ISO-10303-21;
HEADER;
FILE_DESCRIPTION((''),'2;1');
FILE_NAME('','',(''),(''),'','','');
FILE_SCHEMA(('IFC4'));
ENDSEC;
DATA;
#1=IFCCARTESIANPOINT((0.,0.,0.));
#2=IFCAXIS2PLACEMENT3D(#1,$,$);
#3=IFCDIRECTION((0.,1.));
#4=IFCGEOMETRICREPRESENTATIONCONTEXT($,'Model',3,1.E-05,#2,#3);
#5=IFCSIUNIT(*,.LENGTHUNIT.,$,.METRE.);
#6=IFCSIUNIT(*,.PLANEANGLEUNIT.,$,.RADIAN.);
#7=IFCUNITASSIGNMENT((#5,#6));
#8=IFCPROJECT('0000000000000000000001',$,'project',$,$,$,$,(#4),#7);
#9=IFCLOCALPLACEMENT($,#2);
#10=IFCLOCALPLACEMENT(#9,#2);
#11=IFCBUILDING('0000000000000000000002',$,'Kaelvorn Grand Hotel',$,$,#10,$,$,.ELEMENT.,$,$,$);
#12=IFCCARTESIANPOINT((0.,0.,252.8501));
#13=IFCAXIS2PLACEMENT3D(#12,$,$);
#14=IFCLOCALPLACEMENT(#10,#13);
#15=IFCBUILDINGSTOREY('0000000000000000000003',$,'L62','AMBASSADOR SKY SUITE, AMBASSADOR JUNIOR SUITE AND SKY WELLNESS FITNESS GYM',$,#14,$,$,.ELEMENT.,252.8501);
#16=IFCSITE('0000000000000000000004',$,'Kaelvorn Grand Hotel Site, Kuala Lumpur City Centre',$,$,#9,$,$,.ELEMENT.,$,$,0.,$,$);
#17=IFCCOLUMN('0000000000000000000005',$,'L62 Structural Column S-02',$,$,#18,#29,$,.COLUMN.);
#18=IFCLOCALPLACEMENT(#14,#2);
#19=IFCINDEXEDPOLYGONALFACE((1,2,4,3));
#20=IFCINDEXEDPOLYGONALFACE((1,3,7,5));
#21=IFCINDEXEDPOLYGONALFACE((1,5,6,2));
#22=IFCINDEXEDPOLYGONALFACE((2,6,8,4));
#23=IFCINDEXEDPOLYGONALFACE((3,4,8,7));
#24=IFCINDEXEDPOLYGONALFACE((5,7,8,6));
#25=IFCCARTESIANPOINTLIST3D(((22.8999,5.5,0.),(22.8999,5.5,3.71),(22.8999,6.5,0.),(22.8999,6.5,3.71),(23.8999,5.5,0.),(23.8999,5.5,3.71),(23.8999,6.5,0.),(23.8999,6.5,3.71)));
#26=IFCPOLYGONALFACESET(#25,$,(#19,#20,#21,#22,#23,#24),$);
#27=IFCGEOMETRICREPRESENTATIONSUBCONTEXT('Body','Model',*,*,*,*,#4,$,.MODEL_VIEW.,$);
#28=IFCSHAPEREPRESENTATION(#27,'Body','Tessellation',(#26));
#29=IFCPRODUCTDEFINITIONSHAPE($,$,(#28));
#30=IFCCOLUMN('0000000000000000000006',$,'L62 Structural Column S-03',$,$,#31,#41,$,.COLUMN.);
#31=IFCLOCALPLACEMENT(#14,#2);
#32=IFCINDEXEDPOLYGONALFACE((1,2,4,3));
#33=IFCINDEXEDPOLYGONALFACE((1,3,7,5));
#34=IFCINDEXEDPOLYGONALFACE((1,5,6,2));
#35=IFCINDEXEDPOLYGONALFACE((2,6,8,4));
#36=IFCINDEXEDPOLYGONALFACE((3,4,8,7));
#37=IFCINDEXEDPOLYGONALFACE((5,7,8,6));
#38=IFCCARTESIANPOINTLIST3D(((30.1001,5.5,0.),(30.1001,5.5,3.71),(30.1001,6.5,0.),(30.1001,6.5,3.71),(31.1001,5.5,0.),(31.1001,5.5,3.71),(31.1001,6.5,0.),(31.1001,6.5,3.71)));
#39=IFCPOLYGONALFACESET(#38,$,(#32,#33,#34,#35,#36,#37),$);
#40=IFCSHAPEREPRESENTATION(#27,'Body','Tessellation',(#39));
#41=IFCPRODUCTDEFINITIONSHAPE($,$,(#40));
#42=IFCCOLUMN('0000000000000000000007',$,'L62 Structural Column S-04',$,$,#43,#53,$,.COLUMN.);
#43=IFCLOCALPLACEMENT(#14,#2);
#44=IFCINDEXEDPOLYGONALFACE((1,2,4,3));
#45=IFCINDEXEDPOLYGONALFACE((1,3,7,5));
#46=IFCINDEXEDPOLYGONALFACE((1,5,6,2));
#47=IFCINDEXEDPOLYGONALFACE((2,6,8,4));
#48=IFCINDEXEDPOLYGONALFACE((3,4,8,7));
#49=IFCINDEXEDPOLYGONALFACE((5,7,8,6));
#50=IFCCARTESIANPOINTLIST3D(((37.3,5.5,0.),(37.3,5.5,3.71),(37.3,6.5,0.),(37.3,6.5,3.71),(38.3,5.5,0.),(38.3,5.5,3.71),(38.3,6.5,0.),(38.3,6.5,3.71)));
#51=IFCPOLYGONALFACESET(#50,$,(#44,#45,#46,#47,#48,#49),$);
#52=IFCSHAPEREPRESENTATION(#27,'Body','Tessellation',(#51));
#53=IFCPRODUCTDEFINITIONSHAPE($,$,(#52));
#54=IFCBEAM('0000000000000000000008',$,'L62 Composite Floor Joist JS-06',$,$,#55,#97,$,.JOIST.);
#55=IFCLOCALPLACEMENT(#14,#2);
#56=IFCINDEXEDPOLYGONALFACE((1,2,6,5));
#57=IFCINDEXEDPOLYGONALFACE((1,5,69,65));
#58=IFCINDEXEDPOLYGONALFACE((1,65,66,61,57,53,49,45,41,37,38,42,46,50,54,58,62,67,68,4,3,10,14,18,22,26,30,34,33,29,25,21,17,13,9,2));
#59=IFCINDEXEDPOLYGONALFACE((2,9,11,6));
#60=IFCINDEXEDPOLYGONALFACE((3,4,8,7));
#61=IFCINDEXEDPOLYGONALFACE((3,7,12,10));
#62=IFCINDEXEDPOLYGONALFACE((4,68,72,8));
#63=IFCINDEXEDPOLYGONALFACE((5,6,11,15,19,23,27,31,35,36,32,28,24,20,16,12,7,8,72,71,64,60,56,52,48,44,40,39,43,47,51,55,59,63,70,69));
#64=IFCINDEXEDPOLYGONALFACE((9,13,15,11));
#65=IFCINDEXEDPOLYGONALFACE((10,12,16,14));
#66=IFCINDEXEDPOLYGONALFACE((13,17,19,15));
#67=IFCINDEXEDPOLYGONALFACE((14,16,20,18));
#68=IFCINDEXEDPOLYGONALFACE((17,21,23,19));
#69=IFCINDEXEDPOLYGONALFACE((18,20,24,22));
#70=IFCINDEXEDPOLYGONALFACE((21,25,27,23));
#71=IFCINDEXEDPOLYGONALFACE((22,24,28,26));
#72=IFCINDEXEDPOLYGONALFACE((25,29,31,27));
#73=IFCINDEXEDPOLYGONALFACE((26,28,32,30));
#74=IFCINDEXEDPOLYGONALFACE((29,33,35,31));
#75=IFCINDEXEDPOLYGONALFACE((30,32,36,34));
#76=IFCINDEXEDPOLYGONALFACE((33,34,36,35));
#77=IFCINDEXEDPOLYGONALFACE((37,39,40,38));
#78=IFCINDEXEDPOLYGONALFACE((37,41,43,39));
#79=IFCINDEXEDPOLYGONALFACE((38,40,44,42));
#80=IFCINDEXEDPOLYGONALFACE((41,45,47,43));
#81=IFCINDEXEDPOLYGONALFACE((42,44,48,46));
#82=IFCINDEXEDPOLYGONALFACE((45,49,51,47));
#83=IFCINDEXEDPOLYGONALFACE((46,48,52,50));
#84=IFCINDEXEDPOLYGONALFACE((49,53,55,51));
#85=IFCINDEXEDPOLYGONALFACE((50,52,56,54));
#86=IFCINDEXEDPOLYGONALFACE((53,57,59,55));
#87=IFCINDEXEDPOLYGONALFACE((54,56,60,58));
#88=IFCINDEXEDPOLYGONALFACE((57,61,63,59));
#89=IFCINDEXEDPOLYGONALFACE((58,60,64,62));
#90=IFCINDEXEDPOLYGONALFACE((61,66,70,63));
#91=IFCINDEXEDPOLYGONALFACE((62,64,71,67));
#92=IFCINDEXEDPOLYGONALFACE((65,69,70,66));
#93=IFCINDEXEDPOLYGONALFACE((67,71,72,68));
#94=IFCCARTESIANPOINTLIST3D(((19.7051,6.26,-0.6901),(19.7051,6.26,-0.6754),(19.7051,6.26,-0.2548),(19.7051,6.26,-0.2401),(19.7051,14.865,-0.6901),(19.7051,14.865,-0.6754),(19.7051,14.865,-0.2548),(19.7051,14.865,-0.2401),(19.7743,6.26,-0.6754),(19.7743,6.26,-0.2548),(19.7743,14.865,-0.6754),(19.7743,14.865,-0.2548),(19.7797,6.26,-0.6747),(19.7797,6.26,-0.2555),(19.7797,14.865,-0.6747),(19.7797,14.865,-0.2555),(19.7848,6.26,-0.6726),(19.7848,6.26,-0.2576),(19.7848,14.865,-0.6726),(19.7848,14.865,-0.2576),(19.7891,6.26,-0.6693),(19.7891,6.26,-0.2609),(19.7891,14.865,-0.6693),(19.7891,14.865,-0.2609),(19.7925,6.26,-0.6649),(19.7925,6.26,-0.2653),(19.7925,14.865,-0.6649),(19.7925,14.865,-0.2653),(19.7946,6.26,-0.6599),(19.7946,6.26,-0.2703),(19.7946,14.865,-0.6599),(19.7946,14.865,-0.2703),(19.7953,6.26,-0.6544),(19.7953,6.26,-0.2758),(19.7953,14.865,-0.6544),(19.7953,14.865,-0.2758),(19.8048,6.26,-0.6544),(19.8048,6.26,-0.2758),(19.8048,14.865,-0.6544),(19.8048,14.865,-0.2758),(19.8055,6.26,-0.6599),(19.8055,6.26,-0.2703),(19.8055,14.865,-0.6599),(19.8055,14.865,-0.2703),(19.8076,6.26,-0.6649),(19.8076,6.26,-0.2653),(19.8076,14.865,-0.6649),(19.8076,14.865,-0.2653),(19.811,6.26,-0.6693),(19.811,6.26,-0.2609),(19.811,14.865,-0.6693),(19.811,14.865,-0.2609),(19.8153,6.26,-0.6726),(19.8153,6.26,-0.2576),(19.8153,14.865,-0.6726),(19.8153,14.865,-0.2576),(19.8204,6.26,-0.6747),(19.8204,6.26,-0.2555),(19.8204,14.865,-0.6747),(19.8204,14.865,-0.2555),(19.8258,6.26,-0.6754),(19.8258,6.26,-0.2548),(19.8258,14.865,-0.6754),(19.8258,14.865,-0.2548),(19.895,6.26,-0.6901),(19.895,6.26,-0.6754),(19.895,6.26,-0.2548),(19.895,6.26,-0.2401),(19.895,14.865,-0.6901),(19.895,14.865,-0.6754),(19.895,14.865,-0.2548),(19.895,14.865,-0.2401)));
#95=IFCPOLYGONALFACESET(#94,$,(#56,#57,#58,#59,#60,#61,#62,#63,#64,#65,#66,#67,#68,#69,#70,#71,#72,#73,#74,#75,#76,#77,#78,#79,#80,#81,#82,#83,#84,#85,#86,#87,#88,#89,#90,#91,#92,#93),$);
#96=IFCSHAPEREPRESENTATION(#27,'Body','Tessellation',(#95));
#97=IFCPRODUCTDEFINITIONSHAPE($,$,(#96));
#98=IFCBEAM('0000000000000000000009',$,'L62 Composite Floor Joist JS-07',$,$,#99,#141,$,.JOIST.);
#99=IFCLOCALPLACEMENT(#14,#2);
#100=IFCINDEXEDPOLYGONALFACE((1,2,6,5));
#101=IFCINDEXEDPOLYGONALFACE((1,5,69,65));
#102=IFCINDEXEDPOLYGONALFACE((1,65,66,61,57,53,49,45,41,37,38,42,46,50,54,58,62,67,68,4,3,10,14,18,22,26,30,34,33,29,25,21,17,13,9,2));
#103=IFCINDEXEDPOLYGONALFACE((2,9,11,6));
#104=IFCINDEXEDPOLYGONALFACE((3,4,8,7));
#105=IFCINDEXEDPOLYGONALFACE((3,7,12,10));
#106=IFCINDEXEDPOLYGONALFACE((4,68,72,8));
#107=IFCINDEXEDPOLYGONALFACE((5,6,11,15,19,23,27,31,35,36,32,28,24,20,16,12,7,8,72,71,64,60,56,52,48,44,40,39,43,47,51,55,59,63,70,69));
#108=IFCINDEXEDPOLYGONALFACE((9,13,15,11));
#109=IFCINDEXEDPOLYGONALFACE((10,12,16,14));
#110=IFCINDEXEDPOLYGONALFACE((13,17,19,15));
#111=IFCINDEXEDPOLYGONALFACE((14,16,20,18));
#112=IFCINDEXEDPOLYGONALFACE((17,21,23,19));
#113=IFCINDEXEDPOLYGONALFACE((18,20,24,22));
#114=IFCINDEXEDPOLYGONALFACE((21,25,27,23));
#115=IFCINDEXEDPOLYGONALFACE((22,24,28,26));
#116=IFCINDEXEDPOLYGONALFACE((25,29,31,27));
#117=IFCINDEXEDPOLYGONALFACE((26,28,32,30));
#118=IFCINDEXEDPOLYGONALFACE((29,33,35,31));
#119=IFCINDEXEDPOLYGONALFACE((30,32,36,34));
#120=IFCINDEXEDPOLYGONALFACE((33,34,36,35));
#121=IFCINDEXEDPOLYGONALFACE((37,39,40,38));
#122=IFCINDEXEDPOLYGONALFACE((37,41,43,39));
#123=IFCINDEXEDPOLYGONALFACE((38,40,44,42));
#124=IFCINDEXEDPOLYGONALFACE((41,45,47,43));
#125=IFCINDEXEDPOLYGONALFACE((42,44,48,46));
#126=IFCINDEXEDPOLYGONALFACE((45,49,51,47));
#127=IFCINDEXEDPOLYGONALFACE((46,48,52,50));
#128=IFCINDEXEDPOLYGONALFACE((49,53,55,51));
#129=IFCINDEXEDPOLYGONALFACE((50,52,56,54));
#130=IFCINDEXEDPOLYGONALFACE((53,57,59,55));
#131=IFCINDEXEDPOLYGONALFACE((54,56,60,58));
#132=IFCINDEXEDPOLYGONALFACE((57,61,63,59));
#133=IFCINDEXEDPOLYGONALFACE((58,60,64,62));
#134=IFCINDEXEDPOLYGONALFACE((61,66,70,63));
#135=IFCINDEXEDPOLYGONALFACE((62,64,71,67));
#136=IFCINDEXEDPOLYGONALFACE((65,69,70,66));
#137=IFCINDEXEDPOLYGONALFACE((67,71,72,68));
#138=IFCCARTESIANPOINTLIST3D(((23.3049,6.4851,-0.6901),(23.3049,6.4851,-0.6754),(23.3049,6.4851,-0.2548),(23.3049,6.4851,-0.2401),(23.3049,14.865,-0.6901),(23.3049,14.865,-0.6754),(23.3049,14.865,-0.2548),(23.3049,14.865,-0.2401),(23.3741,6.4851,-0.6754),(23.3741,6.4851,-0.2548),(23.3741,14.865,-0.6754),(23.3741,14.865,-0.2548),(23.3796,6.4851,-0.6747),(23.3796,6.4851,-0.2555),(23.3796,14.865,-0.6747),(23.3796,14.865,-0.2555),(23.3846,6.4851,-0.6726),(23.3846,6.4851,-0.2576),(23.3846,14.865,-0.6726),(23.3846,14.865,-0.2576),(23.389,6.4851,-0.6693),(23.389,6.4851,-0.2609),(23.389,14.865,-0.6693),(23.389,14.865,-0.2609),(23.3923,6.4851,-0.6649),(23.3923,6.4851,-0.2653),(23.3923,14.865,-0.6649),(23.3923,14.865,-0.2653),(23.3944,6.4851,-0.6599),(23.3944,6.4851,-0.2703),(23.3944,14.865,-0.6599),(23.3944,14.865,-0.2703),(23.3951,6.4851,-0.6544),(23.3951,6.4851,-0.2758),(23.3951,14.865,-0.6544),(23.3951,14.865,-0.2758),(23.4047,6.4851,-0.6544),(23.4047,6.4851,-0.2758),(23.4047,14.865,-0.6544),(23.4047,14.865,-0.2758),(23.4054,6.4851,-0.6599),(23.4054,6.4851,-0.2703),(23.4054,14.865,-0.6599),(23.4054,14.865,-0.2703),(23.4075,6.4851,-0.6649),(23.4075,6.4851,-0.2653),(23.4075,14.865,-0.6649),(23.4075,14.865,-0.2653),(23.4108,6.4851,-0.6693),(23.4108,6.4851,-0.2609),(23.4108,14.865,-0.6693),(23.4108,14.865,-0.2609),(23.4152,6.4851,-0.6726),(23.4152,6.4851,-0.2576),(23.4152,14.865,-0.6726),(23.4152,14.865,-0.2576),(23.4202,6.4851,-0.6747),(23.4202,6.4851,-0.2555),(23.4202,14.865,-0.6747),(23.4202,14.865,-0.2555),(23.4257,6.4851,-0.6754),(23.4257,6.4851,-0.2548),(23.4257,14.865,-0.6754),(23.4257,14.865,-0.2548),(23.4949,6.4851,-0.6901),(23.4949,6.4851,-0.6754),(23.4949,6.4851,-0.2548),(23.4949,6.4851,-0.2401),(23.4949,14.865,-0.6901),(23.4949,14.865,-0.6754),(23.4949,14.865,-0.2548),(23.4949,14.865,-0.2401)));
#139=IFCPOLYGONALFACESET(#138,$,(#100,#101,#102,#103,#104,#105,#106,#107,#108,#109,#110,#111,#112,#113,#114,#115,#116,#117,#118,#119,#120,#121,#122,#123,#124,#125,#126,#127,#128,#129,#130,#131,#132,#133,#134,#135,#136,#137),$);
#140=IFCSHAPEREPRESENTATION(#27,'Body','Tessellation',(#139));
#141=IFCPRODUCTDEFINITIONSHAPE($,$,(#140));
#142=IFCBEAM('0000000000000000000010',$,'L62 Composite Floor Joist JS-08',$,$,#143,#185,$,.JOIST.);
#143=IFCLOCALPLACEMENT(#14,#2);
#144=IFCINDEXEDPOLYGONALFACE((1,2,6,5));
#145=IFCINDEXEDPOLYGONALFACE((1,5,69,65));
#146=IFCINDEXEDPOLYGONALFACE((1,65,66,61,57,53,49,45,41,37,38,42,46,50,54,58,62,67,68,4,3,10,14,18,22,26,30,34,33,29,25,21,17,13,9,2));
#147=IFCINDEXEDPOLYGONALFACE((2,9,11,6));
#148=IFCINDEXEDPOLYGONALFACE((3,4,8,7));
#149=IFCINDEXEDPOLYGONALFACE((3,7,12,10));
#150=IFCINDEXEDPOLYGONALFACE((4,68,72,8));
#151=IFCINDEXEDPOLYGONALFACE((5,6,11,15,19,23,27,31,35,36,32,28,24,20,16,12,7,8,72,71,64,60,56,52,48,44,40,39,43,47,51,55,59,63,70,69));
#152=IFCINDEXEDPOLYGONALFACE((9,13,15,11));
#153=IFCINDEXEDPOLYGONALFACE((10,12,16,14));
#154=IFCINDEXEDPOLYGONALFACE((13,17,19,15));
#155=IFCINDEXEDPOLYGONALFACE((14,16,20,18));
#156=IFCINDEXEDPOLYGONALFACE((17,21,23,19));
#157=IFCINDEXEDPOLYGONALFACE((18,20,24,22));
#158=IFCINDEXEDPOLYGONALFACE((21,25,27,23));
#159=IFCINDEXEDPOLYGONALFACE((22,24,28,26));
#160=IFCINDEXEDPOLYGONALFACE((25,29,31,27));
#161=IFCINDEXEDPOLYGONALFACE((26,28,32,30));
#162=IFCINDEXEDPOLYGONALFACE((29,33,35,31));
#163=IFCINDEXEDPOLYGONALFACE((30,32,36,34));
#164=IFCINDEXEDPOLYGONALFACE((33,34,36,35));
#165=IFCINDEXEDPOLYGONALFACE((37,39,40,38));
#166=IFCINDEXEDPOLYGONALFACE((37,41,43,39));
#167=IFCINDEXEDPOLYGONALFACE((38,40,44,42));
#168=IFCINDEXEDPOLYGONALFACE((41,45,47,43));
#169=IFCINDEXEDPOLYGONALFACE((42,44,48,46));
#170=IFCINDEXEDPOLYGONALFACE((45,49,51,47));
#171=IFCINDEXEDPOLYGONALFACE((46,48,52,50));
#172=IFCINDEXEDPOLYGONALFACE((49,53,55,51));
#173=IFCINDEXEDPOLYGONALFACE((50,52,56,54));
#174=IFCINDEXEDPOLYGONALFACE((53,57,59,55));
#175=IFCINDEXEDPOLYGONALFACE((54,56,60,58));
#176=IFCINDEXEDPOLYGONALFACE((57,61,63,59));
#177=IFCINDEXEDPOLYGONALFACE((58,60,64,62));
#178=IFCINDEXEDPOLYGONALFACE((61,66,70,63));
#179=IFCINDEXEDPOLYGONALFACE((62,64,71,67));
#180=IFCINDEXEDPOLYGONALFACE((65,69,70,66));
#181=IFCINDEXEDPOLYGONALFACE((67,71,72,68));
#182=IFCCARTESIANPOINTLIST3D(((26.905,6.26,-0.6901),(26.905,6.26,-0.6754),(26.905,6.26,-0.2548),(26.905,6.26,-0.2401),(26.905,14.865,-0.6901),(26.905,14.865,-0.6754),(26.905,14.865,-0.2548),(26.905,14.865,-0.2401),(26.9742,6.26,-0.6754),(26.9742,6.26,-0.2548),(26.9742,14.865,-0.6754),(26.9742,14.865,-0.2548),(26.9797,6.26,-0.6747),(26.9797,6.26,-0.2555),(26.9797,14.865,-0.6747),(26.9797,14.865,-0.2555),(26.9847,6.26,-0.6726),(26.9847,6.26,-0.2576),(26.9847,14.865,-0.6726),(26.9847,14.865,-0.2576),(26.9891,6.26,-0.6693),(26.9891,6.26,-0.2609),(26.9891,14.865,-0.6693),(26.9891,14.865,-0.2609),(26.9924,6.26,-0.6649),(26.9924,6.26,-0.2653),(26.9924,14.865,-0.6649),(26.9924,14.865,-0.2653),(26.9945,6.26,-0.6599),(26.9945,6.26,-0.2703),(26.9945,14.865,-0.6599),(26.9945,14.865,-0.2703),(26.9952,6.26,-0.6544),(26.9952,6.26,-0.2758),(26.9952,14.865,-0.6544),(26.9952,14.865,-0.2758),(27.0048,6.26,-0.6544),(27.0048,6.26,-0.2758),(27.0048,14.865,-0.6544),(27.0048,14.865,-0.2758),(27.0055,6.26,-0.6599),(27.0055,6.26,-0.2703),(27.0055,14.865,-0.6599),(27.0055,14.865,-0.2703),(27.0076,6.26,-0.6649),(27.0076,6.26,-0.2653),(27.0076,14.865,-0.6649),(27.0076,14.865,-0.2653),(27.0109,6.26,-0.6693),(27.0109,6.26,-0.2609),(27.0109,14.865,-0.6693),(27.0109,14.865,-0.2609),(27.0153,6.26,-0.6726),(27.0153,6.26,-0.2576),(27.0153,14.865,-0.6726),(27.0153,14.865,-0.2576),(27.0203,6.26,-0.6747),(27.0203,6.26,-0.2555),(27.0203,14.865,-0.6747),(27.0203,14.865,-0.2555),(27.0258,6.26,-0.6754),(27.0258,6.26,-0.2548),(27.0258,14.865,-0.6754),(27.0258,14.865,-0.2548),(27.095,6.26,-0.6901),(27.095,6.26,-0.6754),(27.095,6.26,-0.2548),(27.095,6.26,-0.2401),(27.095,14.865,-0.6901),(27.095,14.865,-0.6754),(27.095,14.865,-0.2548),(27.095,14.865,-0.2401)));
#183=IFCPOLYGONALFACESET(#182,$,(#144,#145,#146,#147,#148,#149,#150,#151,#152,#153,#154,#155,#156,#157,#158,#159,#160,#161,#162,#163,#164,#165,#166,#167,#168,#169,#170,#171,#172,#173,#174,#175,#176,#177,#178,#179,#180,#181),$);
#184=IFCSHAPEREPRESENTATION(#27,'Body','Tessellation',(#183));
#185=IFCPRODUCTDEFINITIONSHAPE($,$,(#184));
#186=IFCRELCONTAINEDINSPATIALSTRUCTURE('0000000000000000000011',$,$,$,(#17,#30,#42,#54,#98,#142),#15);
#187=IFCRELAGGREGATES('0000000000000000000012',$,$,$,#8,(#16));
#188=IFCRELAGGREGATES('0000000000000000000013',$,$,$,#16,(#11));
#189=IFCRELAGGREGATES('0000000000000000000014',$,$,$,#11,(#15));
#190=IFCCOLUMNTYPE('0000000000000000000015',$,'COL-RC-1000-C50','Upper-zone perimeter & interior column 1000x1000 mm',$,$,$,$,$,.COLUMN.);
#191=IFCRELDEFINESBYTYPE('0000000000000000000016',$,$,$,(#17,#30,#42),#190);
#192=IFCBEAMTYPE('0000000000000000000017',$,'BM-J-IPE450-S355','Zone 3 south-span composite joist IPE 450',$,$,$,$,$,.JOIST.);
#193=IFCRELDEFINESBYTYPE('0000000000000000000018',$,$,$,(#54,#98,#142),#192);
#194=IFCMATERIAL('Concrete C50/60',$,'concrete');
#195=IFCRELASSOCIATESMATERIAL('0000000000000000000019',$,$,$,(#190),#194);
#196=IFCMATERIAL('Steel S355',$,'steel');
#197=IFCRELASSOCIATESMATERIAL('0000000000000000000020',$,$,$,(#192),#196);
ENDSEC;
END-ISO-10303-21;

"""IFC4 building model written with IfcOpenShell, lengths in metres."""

from ifc_helpers import new_model, si_unit, direction, frame, origin, origin_2d, place, context, subcontext, project, spatial, rectangle, i_section, extrude, material, material_profile, profile_set, type_object, element, save


model = new_model("IFC4")

# Units and contexts
model_context = context("Model", 3, precision=1e-05, world=origin(), true_north=direction((0.0, 1.0)))
body_context = subcontext(model_context, "Body", "Model", "MODEL_VIEW")
ifc_project = project(units=[si_unit("LENGTHUNIT", "METRE"), si_unit("PLANEANGLEUNIT", "RADIAN")], contexts=[model_context])

# Site, building, storey
site_placement = place(None, origin())
site = spatial("IfcSite", under=ifc_project, at=site_placement, Name="Kaelvorn Grand Hotel Site, Kuala Lumpur City Centre", CompositionType="ELEMENT", RefElevation=0.0)
building_placement = place(site_placement, origin())
building = spatial("IfcBuilding", under=site, at=building_placement, Name="Kaelvorn Grand Hotel", CompositionType="ELEMENT")
storey_placement = place(building_placement, frame((0.0, 0.0, 252.8501)))
storey = spatial("IfcBuildingStorey", under=building, at=storey_placement, Name="L62", Description="AMBASSADOR SKY SUITE, AMBASSADOR JUNIOR SUITE AND SKY WELLNESS FITNESS GYM", CompositionType="ELEMENT", Elevation=252.8501)

# Columns
ifc_material_1 = material(Name="Concrete C50/60", Category="concrete")
ifc_material_profile_1 = material_profile(ifc_material_1, rectangle(XDim=1.0, YDim=1.0, at=origin_2d()), Name="RC COL 1000x1000")
ifc_profile_set_1 = profile_set([ifc_material_profile_1], Name="Concrete C50/60")
column_type = type_object("IfcColumnType", Name="COL-RC-1000-C50", Description="Upper-zone perimeter & interior column 1000x1000 mm", PredefinedType="COLUMN", material=ifc_profile_set_1)
for number, where, z_axis, x_axis, name in (
    (1, (23.3999, 6.0, 0.0), (0.0, 0.0, 1.0), (1.0, 0.0, 0.0), "L62 Structural Column S-02"),
    (2, (30.6001, 6.0, 0.0), (0.0, 0.0, 1.0), (1.0, 0.0, 0.0), "L62 Structural Column S-03"),
    (3, (37.8, 6.0, 0.0), (0.0, 0.0, 1.0), (1.0, 0.0, 0.0), "L62 Structural Column S-04"),
):
    element("IfcColumn", number, at=place(storey_placement, frame(where, z_axis=z_axis, x_axis=x_axis)), inside=storey, type_object=column_type, Name=name, PredefinedType="COLUMN", context=body_context, shape_type="SweptSolid", body=[
        extrude(rectangle(XDim=1.0, YDim=1.0, at=origin_2d()), origin(), (0.0, 0.0, 1.0), 3.71),
    ])

# Beams
ifc_material_2 = material(Name="Steel S355", Category="steel")
ifc_material_profile_2 = material_profile(ifc_material_2, i_section(OverallWidth=0.1899, OverallDepth=0.45, WebThickness=0.0095, FlangeThickness=0.0146, FilletRadius=0.021, at=origin_2d()), Name="IPE 450")
ifc_profile_set_2 = profile_set([ifc_material_profile_2], Name="Steel S355")
beam_type_1 = type_object("IfcBeamType", Name="BM-J-IPE450-S355", Description="Zone 3 south-span composite joist IPE 450", PredefinedType="JOIST", material=ifc_profile_set_2)
beam_1_placement = place(storey_placement, frame((19.8, 6.26, -0.4651), z_axis=(0.0, 1.0, 0.0), x_axis=(-1.0, 0.0, 0.0)))
element("IfcBeam", 4, at=beam_1_placement, inside=storey, type_object=beam_type_1, Name="L62 Composite Floor Joist JS-06", PredefinedType="JOIST", context=body_context, shape_type="SweptSolid", body=[
    extrude(i_section(OverallWidth=0.1899, OverallDepth=0.45, WebThickness=0.0095, FlangeThickness=0.0146, FilletRadius=0.021, at=origin_2d()), origin(), (0.0, 0.0, 1.0), 8.605),
])
beam_2_placement = place(storey_placement, frame((23.3999, 6.4851, -0.4651), z_axis=(0.0, 1.0, 0.0), x_axis=(-1.0, 0.0, 0.0)))
element("IfcBeam", 5, at=beam_2_placement, inside=storey, type_object=beam_type_1, Name="L62 Composite Floor Joist JS-07", PredefinedType="JOIST", context=body_context, shape_type="SweptSolid", body=[
    extrude(i_section(OverallWidth=0.1899, OverallDepth=0.45, WebThickness=0.0095, FlangeThickness=0.0146, FilletRadius=0.021, at=origin_2d()), origin(), (0.0, 0.0, 1.0), 8.3799),
])
beam_3_placement = place(storey_placement, frame((27.0, 6.26, -0.4651), z_axis=(0.0, 1.0, 0.0), x_axis=(-1.0, 0.0, 0.0)))
element("IfcBeam", 6, at=beam_3_placement, inside=storey, type_object=beam_type_1, Name="L62 Composite Floor Joist JS-08", PredefinedType="JOIST", context=body_context, shape_type="SweptSolid", body=[
    extrude(i_section(OverallWidth=0.1899, OverallDepth=0.45, WebThickness=0.0095, FlangeThickness=0.0146, FilletRadius=0.021, at=origin_2d()), origin(), (0.0, 0.0, 1.0), 8.605),
])

save(model, "model.ifc")
